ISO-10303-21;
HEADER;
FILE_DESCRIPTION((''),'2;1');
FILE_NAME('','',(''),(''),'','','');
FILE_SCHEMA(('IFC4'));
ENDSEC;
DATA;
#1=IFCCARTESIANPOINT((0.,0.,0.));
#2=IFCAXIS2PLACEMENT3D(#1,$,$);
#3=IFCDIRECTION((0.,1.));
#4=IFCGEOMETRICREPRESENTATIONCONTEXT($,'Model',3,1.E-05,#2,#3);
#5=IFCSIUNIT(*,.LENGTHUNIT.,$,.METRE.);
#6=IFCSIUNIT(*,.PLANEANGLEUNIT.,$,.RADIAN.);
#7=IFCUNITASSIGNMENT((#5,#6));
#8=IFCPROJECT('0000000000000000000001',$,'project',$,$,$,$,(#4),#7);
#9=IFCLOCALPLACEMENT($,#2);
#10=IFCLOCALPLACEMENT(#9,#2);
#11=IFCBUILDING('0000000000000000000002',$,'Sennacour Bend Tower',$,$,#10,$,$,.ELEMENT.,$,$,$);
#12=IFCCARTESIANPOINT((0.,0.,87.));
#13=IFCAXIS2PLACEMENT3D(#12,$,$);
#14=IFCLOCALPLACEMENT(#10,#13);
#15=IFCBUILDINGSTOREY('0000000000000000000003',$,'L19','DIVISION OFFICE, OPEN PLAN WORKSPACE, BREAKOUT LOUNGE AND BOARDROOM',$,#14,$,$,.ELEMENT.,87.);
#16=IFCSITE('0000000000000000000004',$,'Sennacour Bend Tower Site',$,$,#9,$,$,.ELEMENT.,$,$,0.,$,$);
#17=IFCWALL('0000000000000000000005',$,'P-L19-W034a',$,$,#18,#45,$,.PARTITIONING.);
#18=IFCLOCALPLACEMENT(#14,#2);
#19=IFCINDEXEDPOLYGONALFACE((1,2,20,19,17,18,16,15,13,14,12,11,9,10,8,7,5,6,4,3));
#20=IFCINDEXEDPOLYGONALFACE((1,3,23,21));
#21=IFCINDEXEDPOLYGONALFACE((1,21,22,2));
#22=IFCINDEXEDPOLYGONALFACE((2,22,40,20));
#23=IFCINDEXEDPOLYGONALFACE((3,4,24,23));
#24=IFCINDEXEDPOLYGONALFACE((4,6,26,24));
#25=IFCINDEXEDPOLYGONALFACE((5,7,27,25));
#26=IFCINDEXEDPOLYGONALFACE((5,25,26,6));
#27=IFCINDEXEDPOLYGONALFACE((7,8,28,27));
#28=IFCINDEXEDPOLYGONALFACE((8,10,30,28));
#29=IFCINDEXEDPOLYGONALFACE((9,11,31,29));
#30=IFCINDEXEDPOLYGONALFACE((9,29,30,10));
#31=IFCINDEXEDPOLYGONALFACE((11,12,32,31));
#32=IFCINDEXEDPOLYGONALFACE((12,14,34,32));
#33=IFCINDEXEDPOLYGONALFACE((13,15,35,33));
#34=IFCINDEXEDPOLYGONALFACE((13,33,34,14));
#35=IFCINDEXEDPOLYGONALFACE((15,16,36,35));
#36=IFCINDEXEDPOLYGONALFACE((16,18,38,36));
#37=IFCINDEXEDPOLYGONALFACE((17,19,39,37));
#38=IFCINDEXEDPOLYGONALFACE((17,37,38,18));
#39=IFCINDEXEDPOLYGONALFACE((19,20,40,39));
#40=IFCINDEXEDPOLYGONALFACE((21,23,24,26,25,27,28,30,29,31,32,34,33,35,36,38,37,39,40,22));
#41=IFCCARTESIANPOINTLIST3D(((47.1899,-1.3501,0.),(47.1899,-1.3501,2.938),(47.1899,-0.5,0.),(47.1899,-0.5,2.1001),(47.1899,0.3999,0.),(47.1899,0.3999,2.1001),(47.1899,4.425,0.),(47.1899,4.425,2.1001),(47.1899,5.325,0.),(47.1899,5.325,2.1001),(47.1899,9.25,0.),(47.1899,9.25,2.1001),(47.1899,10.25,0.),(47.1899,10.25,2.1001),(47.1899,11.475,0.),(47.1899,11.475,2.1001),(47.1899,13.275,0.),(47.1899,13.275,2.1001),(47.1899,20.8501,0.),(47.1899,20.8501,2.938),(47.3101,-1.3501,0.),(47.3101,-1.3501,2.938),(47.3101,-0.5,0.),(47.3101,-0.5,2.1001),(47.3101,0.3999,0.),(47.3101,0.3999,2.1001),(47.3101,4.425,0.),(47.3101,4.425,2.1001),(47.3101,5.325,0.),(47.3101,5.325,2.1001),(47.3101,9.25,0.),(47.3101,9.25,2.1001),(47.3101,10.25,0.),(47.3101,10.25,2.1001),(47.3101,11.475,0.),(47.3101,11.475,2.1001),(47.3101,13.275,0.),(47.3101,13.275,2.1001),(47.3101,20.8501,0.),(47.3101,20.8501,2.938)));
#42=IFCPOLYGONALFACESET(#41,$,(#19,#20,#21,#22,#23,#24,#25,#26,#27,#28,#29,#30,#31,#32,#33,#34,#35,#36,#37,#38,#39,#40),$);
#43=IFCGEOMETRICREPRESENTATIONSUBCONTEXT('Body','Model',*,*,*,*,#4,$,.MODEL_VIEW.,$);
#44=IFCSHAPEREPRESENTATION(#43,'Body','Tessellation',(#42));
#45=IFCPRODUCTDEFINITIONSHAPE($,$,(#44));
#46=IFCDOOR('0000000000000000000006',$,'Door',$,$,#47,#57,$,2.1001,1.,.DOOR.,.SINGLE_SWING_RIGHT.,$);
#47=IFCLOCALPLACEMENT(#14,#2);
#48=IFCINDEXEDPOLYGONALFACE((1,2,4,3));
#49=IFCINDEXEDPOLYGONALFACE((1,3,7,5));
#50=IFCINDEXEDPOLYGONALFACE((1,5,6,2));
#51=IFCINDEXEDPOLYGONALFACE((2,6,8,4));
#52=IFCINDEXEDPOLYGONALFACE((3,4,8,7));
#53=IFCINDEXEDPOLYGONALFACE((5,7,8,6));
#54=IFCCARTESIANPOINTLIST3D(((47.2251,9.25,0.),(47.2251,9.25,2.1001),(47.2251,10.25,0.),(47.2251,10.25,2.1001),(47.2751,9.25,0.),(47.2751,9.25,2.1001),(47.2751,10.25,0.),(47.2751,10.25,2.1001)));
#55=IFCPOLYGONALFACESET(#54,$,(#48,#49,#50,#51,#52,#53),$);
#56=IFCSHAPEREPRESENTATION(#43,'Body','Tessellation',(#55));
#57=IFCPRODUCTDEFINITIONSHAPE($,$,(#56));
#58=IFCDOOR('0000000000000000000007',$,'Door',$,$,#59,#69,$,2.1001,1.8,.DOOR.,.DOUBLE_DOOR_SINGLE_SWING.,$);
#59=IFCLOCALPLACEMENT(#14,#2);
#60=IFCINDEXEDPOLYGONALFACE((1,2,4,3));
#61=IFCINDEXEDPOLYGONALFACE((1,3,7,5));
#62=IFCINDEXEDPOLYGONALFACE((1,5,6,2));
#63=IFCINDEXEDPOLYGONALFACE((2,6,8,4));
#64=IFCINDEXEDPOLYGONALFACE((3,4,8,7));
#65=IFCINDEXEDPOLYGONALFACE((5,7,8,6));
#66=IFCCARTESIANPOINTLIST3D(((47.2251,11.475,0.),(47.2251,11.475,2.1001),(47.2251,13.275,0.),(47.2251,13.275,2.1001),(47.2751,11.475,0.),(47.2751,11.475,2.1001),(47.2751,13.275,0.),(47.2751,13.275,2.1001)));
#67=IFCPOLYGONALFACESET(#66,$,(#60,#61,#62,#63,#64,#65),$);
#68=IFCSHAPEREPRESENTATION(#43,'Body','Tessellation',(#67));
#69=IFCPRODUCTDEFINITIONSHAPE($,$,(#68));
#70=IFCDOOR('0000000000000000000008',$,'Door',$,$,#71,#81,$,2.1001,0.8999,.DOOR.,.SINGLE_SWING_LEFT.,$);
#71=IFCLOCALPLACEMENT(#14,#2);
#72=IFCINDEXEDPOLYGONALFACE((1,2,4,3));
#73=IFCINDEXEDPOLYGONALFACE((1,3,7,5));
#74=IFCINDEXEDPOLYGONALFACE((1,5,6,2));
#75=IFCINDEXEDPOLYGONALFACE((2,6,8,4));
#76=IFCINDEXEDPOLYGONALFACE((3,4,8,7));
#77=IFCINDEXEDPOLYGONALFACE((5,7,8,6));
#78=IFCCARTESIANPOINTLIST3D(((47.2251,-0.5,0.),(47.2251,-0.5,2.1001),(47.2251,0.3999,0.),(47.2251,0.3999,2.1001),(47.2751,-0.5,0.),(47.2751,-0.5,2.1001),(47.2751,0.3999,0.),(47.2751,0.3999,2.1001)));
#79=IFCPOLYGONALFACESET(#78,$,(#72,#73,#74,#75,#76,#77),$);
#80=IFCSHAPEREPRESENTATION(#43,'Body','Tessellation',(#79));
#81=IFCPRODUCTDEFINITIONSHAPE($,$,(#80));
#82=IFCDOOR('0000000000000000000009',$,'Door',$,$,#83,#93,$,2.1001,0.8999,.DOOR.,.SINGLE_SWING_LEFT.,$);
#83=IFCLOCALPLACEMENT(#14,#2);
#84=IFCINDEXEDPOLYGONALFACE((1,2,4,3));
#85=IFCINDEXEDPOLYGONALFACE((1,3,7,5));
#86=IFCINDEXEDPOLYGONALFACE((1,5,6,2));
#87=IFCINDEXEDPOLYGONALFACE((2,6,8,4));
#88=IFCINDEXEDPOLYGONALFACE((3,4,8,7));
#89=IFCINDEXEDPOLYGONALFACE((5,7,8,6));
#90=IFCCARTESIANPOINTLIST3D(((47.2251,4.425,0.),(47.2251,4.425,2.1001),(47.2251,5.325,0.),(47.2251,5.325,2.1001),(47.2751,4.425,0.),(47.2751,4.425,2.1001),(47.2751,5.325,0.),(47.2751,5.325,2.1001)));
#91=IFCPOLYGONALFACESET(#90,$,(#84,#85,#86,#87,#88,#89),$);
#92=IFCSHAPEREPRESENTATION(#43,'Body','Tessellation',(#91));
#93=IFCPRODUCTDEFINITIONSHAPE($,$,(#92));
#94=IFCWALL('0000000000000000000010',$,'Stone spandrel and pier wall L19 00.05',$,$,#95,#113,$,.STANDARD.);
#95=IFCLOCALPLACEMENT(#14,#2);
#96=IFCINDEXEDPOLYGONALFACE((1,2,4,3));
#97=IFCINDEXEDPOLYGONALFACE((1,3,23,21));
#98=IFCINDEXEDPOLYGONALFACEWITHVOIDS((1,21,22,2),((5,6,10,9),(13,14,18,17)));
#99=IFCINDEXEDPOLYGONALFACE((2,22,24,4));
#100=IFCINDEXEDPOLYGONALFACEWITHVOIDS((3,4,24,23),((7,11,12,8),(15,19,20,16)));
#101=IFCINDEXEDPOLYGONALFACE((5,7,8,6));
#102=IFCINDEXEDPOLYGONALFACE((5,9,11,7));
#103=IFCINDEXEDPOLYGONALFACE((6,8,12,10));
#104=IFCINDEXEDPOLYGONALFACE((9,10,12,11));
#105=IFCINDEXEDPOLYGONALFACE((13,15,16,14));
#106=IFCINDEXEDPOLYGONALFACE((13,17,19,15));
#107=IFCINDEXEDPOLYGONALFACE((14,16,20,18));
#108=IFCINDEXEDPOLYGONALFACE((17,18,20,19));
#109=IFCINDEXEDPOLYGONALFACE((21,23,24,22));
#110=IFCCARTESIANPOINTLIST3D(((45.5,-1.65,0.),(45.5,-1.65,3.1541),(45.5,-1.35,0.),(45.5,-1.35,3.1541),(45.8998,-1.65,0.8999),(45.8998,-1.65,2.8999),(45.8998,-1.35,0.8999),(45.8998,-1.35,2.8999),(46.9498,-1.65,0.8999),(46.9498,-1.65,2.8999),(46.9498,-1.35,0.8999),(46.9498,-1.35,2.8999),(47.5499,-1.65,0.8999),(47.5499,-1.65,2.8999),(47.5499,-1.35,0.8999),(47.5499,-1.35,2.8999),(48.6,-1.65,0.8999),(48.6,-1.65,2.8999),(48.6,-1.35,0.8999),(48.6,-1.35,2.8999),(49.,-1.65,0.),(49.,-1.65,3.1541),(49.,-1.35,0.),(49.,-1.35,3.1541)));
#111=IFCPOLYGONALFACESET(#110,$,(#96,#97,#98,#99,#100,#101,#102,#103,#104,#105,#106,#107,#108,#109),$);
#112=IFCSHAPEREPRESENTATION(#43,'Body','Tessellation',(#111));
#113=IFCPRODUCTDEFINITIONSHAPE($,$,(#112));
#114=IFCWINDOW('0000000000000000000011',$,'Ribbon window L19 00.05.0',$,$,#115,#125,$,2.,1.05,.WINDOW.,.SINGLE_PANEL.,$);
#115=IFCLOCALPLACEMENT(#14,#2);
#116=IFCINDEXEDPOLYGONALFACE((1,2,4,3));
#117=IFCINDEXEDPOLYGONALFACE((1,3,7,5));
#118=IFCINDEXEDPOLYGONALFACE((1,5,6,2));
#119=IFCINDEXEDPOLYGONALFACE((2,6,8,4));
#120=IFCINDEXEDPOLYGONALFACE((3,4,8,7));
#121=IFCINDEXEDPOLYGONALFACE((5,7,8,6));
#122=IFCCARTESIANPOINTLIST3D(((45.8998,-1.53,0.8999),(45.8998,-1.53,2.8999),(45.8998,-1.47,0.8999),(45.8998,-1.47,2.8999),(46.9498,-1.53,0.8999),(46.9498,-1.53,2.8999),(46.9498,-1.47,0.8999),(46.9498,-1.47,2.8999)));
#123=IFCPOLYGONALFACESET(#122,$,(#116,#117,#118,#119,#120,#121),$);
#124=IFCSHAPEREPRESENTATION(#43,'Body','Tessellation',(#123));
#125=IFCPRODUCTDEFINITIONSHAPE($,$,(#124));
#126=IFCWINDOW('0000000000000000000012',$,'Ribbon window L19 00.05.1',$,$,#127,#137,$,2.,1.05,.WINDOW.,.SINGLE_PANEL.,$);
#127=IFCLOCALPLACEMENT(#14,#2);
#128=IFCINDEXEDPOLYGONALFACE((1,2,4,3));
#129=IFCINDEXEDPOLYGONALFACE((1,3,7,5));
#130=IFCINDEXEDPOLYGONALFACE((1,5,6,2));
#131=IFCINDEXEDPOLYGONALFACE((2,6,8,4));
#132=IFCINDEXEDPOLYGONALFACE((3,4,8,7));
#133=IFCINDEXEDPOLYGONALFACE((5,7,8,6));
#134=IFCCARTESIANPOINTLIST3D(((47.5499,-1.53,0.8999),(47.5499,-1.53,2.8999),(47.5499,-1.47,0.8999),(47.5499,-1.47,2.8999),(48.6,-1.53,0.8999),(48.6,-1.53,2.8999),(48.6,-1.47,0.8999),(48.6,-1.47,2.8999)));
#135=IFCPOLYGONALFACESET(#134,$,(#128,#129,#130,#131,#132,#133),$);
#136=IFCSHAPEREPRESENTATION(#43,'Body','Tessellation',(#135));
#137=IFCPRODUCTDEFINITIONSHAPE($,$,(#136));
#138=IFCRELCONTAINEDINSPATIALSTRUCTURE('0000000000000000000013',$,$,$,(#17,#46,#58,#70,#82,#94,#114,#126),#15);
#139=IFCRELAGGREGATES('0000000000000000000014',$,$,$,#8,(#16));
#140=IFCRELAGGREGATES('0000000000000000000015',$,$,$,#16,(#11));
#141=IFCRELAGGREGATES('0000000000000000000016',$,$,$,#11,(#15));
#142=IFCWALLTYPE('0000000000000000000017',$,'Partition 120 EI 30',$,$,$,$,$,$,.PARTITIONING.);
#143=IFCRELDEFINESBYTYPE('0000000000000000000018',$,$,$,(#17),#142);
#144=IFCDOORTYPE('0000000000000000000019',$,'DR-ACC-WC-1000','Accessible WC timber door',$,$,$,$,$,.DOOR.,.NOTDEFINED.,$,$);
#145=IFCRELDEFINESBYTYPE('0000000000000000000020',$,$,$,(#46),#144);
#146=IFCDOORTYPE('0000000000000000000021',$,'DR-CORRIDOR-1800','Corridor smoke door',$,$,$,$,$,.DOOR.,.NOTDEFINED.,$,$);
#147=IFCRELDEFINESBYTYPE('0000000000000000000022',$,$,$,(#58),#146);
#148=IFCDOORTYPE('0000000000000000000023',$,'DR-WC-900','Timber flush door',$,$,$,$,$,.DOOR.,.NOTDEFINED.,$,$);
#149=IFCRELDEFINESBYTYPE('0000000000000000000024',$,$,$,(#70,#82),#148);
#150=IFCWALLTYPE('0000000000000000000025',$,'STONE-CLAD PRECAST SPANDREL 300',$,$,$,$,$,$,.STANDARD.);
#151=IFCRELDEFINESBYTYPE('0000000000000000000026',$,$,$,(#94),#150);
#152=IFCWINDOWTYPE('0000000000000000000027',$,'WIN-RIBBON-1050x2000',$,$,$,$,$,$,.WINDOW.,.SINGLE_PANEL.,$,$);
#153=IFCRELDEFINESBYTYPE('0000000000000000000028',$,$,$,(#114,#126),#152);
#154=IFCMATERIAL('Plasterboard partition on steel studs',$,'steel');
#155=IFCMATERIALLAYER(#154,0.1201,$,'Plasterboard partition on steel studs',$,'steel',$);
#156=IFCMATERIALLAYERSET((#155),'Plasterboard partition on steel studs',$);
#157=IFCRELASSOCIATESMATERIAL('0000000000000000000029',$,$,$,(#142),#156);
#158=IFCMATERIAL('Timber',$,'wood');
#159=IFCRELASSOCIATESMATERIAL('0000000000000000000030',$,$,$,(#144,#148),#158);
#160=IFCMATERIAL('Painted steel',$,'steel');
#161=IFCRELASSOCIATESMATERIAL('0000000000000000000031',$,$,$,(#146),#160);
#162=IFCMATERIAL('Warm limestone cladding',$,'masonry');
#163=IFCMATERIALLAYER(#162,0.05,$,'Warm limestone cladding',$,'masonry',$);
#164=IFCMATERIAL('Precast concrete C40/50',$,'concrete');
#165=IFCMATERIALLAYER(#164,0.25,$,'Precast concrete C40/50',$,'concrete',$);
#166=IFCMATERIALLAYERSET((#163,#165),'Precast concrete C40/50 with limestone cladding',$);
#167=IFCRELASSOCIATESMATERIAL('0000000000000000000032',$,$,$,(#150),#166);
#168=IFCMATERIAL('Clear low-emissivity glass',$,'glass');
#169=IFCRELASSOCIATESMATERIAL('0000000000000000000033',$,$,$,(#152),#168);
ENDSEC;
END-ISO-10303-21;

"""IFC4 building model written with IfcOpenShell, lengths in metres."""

from ifc_helpers import new_model, si_unit, direction, frame, frame_2d, origin, place, context, subcontext, project, spatial, rectangle, extrude, material, layer, layer_set, type_object, element, fill, save


model = new_model("IFC4")

# Units and contexts
model_context = context("Model", 3, precision=1e-05, world=origin(), true_north=direction((0.0, 1.0)))
body_context = subcontext(model_context, "Body", "Model", "MODEL_VIEW")
ifc_project = project(units=[si_unit("LENGTHUNIT", "METRE"), si_unit("PLANEANGLEUNIT", "RADIAN")], contexts=[model_context])

# Site, building, storey
site_placement = place(None, origin())
site = spatial("IfcSite", under=ifc_project, at=site_placement, Name="Sennacour Bend Tower Site", CompositionType="ELEMENT", RefElevation=0.0)
building_placement = place(site_placement, origin())
building = spatial("IfcBuilding", under=site, at=building_placement, Name="Sennacour Bend Tower", CompositionType="ELEMENT")
storey_placement = place(building_placement, frame((0.0, 0.0, 87.0)))
storey = spatial("IfcBuildingStorey", under=building, at=storey_placement, Name="L19", Description="DIVISION OFFICE, OPEN PLAN WORKSPACE, BREAKOUT LOUNGE AND BOARDROOM", CompositionType="ELEMENT", Elevation=87.0)

# Shared definitions
ifc_material_1 = material(Name="Plasterboard partition on steel studs", Category="steel")

# Wall, openings, doors
ifc_layer_1 = layer(ifc_material_1, 0.1201, Name="Plasterboard partition on steel studs", Category="steel")
ifc_layer_set_1 = layer_set([ifc_layer_1], Name="Plasterboard partition on steel studs")
wall_type_1 = type_object("IfcWallType", Name="Partition 120 EI 30", PredefinedType="PARTITIONING", material=ifc_layer_set_1)
wall_1_placement = place(storey_placement, frame((47.25, -1.3501, 0.0), z_axis=(0.0, 0.0, 1.0), x_axis=(0.0, 1.0, 0.0)))
wall_1 = element("IfcWall", 1, at=wall_1_placement, inside=storey, type_object=wall_type_1, Name="P-L19-W034a", PredefinedType="PARTITIONING", context=body_context, shape_type="SweptSolid", body=[
    extrude(rectangle(XDim=22.2002, YDim=0.1201, at=frame_2d((11.1001, 0.0))), origin(), (0.0, 0.0, 1.0), 2.938),
])
opening_1_placement = place(wall_1_placement, frame((12.8252, 0.0, 0.0)))
opening_1 = element("IfcOpeningElement", 2, at=opening_1_placement, cuts=wall_1, PredefinedType="OPENING", context=body_context, shape_type="SweptSolid", body=[
    extrude(rectangle(XDim=1.8, YDim=2.1001, at=frame_2d((0.8999, 1.05))), frame((0.0, 0.0701, 0.0), z_axis=(0.0, -1.0, 0.0), x_axis=(1.0, 0.0, 0.0)), (0.0, 0.0, 1.0), 0.1401),
])
opening_2_placement = place(wall_1_placement, frame((0.8501, 0.0, 0.0)))
opening_2 = element("IfcOpeningElement", 3, at=opening_2_placement, cuts=wall_1, PredefinedType="OPENING", context=body_context, shape_type="SweptSolid", body=[
    extrude(rectangle(XDim=0.8999, YDim=2.1001, at=frame_2d((0.45, 1.05))), frame((0.0, 0.0701, 0.0), z_axis=(0.0, -1.0, 0.0), x_axis=(1.0, 0.0, 0.0)), (0.0, 0.0, 1.0), 0.1401),
])
opening_3_placement = place(wall_1_placement, frame((5.7751, 0.0, 0.0)))
opening_3 = element("IfcOpeningElement", 4, at=opening_3_placement, cuts=wall_1, PredefinedType="OPENING", context=body_context, shape_type="SweptSolid", body=[
    extrude(rectangle(XDim=0.8999, YDim=2.1001, at=frame_2d((0.45, 1.05))), frame((0.0, 0.0701, 0.0), z_axis=(0.0, -1.0, 0.0), x_axis=(1.0, 0.0, 0.0)), (0.0, 0.0, 1.0), 0.1401),
])
opening_4_placement = place(wall_1_placement, frame((10.6001, 0.0, 0.0)))
opening_4 = element("IfcOpeningElement", 5, at=opening_4_placement, cuts=wall_1, PredefinedType="OPENING", context=body_context, shape_type="SweptSolid", body=[
    extrude(rectangle(XDim=1.0, YDim=2.1001, at=frame_2d((0.5, 1.05))), frame((0.0, 0.0701, 0.0), z_axis=(0.0, -1.0, 0.0), x_axis=(1.0, 0.0, 0.0)), (0.0, 0.0, 1.0), 0.1401),
])
ifc_material_2 = material(Name="Timber", Category="wood")
door_type_1 = type_object("IfcDoorType", Name="DR-ACC-WC-1000", Description="Accessible WC timber door", OperationType="NOTDEFINED", PredefinedType="DOOR", material=ifc_material_2)
door_1_placement = place(opening_4_placement, origin())
door_1 = element("IfcDoor", 6, at=door_1_placement, inside=storey, type_object=door_type_1, Name="Door", OperationType="SINGLE_SWING_RIGHT", OverallHeight=2.1001, OverallWidth=1.0, PredefinedType="DOOR", context=body_context, shape_type="SweptSolid", body=[
    extrude(rectangle(XDim=1.0, YDim=2.1001, at=frame_2d((0.5, 1.05))), frame((0.0, 0.0249, 0.0), z_axis=(0.0, -1.0, 0.0), x_axis=(1.0, 0.0, 0.0)), (0.0, 0.0, 1.0), 0.05),
])
fill(opening_4, door_1)
ifc_material_3 = material(Name="Painted steel", Category="steel")
door_type_2 = type_object("IfcDoorType", Name="DR-CORRIDOR-1800", Description="Corridor smoke door", OperationType="NOTDEFINED", PredefinedType="DOOR", material=ifc_material_3)
door_2_placement = place(opening_1_placement, origin())
door_2 = element("IfcDoor", 7, at=door_2_placement, inside=storey, type_object=door_type_2, Name="Door", OperationType="DOUBLE_DOOR_SINGLE_SWING", OverallHeight=2.1001, OverallWidth=1.8, PredefinedType="DOOR", context=body_context, shape_type="SweptSolid", body=[
    extrude(rectangle(XDim=1.8, YDim=2.1001, at=frame_2d((0.8999, 1.05))), frame((0.0, 0.0249, 0.0), z_axis=(0.0, -1.0, 0.0), x_axis=(1.0, 0.0, 0.0)), (0.0, 0.0, 1.0), 0.05),
])
fill(opening_1, door_2)
door_type_3 = type_object("IfcDoorType", Name="DR-WC-900", Description="Timber flush door", OperationType="NOTDEFINED", PredefinedType="DOOR", material=ifc_material_2)
door_3_placement = place(opening_2_placement, origin())
door_3 = element("IfcDoor", 8, at=door_3_placement, inside=storey, type_object=door_type_3, Name="Door", OperationType="SINGLE_SWING_LEFT", OverallHeight=2.1001, OverallWidth=0.8999, PredefinedType="DOOR", context=body_context, shape_type="SweptSolid", body=[
    extrude(rectangle(XDim=0.8999, YDim=2.1001, at=frame_2d((0.45, 1.05))), frame((0.0, 0.0249, 0.0), z_axis=(0.0, -1.0, 0.0), x_axis=(1.0, 0.0, 0.0)), (0.0, 0.0, 1.0), 0.05),
])
fill(opening_2, door_3)
door_4_placement = place(opening_3_placement, origin())
door_4 = element("IfcDoor", 9, at=door_4_placement, inside=storey, type_object=door_type_3, Name="Door", OperationType="SINGLE_SWING_LEFT", OverallHeight=2.1001, OverallWidth=0.8999, PredefinedType="DOOR", context=body_context, shape_type="SweptSolid", body=[
    extrude(rectangle(XDim=0.8999, YDim=2.1001, at=frame_2d((0.45, 1.05))), frame((0.0, 0.0249, 0.0), z_axis=(0.0, -1.0, 0.0), x_axis=(1.0, 0.0, 0.0)), (0.0, 0.0, 1.0), 0.05),
])
fill(opening_3, door_4)

# Wall, openings, windows
ifc_material_4 = material(Name="Warm limestone cladding", Category="masonry")
ifc_layer_2 = layer(ifc_material_4, 0.05, Name="Warm limestone cladding", Category="masonry")
ifc_material_5 = material(Name="Precast concrete C40/50", Category="concrete")
ifc_layer_3 = layer(ifc_material_5, 0.25, Name="Precast concrete C40/50", Category="concrete")
ifc_layer_set_2 = layer_set([ifc_layer_2, ifc_layer_3], Name="Precast concrete C40/50 with limestone cladding")
wall_type_2 = type_object("IfcWallType", Name="STONE-CLAD PRECAST SPANDREL 300", PredefinedType="STANDARD", material=ifc_layer_set_2)
wall_2_placement = place(storey_placement, frame((45.5, -1.5, 0.0), z_axis=(0.0, 0.0, 1.0), x_axis=(1.0, 0.0, 0.0)))
wall_2 = element("IfcWall", 10, at=wall_2_placement, inside=storey, type_object=wall_type_2, Name="Stone spandrel and pier wall L19 00.05", PredefinedType="STANDARD", context=body_context, shape_type="SweptSolid", body=[
    extrude(rectangle(XDim=3.5, YDim=0.3, at=frame_2d((1.75, 0.0))), origin(), (0.0, 0.0, 1.0), 3.1541),
])
opening_5_placement = place(wall_2_placement, frame((0.3999, 0.0, 0.8999)))
opening_5 = element("IfcOpeningElement", 11, at=opening_5_placement, cuts=wall_2, PredefinedType="OPENING", context=body_context, shape_type="SweptSolid", body=[
    extrude(rectangle(XDim=1.05, YDim=2.0, at=frame_2d((0.5249, 1.0))), frame((0.0, 0.1602, 0.0), z_axis=(0.0, -1.0, 0.0), x_axis=(1.0, 0.0, 0.0)), (0.0, 0.0, 1.0), 0.3201),
])
opening_6_placement = place(wall_2_placement, frame((2.05, 0.0, 0.8999)))
opening_6 = element("IfcOpeningElement", 12, at=opening_6_placement, cuts=wall_2, PredefinedType="OPENING", context=body_context, shape_type="SweptSolid", body=[
    extrude(rectangle(XDim=1.05, YDim=2.0, at=frame_2d((0.5249, 1.0))), frame((0.0, 0.1602, 0.0), z_axis=(0.0, -1.0, 0.0), x_axis=(1.0, 0.0, 0.0)), (0.0, 0.0, 1.0), 0.3201),
])
ifc_material_6 = material(Name="Clear low-emissivity glass", Category="glass")
window_type = type_object("IfcWindowType", Name="WIN-RIBBON-1050x2000", PartitioningType="SINGLE_PANEL", PredefinedType="WINDOW", material=ifc_material_6)
window_1_placement = place(opening_5_placement, origin())
window_1 = element("IfcWindow", 13, at=window_1_placement, inside=storey, type_object=window_type, Name="Ribbon window L19 00.05.0", OverallHeight=2.0, OverallWidth=1.05, PartitioningType="SINGLE_PANEL", PredefinedType="WINDOW", context=body_context, shape_type="SweptSolid", body=[
    extrude(rectangle(XDim=1.05, YDim=2.0, at=frame_2d((0.5249, 1.0))), frame((0.0, 0.03, 0.0), z_axis=(0.0, -1.0, 0.0), x_axis=(1.0, 0.0, 0.0)), (0.0, 0.0, 1.0), 0.0601),
])
fill(opening_5, window_1)
window_2_placement = place(opening_6_placement, origin())
window_2 = element("IfcWindow", 14, at=window_2_placement, inside=storey, type_object=window_type, Name="Ribbon window L19 00.05.1", OverallHeight=2.0, OverallWidth=1.05, PartitioningType="SINGLE_PANEL", PredefinedType="WINDOW", context=body_context, shape_type="SweptSolid", body=[
    extrude(rectangle(XDim=1.05, YDim=2.0, at=frame_2d((0.5249, 1.0))), frame((0.0, 0.03, 0.0), z_axis=(0.0, -1.0, 0.0), x_axis=(1.0, 0.0, 0.0)), (0.0, 0.0, 1.0), 0.0601),
])
fill(opening_6, window_2)

save(model, "model.ifc")
